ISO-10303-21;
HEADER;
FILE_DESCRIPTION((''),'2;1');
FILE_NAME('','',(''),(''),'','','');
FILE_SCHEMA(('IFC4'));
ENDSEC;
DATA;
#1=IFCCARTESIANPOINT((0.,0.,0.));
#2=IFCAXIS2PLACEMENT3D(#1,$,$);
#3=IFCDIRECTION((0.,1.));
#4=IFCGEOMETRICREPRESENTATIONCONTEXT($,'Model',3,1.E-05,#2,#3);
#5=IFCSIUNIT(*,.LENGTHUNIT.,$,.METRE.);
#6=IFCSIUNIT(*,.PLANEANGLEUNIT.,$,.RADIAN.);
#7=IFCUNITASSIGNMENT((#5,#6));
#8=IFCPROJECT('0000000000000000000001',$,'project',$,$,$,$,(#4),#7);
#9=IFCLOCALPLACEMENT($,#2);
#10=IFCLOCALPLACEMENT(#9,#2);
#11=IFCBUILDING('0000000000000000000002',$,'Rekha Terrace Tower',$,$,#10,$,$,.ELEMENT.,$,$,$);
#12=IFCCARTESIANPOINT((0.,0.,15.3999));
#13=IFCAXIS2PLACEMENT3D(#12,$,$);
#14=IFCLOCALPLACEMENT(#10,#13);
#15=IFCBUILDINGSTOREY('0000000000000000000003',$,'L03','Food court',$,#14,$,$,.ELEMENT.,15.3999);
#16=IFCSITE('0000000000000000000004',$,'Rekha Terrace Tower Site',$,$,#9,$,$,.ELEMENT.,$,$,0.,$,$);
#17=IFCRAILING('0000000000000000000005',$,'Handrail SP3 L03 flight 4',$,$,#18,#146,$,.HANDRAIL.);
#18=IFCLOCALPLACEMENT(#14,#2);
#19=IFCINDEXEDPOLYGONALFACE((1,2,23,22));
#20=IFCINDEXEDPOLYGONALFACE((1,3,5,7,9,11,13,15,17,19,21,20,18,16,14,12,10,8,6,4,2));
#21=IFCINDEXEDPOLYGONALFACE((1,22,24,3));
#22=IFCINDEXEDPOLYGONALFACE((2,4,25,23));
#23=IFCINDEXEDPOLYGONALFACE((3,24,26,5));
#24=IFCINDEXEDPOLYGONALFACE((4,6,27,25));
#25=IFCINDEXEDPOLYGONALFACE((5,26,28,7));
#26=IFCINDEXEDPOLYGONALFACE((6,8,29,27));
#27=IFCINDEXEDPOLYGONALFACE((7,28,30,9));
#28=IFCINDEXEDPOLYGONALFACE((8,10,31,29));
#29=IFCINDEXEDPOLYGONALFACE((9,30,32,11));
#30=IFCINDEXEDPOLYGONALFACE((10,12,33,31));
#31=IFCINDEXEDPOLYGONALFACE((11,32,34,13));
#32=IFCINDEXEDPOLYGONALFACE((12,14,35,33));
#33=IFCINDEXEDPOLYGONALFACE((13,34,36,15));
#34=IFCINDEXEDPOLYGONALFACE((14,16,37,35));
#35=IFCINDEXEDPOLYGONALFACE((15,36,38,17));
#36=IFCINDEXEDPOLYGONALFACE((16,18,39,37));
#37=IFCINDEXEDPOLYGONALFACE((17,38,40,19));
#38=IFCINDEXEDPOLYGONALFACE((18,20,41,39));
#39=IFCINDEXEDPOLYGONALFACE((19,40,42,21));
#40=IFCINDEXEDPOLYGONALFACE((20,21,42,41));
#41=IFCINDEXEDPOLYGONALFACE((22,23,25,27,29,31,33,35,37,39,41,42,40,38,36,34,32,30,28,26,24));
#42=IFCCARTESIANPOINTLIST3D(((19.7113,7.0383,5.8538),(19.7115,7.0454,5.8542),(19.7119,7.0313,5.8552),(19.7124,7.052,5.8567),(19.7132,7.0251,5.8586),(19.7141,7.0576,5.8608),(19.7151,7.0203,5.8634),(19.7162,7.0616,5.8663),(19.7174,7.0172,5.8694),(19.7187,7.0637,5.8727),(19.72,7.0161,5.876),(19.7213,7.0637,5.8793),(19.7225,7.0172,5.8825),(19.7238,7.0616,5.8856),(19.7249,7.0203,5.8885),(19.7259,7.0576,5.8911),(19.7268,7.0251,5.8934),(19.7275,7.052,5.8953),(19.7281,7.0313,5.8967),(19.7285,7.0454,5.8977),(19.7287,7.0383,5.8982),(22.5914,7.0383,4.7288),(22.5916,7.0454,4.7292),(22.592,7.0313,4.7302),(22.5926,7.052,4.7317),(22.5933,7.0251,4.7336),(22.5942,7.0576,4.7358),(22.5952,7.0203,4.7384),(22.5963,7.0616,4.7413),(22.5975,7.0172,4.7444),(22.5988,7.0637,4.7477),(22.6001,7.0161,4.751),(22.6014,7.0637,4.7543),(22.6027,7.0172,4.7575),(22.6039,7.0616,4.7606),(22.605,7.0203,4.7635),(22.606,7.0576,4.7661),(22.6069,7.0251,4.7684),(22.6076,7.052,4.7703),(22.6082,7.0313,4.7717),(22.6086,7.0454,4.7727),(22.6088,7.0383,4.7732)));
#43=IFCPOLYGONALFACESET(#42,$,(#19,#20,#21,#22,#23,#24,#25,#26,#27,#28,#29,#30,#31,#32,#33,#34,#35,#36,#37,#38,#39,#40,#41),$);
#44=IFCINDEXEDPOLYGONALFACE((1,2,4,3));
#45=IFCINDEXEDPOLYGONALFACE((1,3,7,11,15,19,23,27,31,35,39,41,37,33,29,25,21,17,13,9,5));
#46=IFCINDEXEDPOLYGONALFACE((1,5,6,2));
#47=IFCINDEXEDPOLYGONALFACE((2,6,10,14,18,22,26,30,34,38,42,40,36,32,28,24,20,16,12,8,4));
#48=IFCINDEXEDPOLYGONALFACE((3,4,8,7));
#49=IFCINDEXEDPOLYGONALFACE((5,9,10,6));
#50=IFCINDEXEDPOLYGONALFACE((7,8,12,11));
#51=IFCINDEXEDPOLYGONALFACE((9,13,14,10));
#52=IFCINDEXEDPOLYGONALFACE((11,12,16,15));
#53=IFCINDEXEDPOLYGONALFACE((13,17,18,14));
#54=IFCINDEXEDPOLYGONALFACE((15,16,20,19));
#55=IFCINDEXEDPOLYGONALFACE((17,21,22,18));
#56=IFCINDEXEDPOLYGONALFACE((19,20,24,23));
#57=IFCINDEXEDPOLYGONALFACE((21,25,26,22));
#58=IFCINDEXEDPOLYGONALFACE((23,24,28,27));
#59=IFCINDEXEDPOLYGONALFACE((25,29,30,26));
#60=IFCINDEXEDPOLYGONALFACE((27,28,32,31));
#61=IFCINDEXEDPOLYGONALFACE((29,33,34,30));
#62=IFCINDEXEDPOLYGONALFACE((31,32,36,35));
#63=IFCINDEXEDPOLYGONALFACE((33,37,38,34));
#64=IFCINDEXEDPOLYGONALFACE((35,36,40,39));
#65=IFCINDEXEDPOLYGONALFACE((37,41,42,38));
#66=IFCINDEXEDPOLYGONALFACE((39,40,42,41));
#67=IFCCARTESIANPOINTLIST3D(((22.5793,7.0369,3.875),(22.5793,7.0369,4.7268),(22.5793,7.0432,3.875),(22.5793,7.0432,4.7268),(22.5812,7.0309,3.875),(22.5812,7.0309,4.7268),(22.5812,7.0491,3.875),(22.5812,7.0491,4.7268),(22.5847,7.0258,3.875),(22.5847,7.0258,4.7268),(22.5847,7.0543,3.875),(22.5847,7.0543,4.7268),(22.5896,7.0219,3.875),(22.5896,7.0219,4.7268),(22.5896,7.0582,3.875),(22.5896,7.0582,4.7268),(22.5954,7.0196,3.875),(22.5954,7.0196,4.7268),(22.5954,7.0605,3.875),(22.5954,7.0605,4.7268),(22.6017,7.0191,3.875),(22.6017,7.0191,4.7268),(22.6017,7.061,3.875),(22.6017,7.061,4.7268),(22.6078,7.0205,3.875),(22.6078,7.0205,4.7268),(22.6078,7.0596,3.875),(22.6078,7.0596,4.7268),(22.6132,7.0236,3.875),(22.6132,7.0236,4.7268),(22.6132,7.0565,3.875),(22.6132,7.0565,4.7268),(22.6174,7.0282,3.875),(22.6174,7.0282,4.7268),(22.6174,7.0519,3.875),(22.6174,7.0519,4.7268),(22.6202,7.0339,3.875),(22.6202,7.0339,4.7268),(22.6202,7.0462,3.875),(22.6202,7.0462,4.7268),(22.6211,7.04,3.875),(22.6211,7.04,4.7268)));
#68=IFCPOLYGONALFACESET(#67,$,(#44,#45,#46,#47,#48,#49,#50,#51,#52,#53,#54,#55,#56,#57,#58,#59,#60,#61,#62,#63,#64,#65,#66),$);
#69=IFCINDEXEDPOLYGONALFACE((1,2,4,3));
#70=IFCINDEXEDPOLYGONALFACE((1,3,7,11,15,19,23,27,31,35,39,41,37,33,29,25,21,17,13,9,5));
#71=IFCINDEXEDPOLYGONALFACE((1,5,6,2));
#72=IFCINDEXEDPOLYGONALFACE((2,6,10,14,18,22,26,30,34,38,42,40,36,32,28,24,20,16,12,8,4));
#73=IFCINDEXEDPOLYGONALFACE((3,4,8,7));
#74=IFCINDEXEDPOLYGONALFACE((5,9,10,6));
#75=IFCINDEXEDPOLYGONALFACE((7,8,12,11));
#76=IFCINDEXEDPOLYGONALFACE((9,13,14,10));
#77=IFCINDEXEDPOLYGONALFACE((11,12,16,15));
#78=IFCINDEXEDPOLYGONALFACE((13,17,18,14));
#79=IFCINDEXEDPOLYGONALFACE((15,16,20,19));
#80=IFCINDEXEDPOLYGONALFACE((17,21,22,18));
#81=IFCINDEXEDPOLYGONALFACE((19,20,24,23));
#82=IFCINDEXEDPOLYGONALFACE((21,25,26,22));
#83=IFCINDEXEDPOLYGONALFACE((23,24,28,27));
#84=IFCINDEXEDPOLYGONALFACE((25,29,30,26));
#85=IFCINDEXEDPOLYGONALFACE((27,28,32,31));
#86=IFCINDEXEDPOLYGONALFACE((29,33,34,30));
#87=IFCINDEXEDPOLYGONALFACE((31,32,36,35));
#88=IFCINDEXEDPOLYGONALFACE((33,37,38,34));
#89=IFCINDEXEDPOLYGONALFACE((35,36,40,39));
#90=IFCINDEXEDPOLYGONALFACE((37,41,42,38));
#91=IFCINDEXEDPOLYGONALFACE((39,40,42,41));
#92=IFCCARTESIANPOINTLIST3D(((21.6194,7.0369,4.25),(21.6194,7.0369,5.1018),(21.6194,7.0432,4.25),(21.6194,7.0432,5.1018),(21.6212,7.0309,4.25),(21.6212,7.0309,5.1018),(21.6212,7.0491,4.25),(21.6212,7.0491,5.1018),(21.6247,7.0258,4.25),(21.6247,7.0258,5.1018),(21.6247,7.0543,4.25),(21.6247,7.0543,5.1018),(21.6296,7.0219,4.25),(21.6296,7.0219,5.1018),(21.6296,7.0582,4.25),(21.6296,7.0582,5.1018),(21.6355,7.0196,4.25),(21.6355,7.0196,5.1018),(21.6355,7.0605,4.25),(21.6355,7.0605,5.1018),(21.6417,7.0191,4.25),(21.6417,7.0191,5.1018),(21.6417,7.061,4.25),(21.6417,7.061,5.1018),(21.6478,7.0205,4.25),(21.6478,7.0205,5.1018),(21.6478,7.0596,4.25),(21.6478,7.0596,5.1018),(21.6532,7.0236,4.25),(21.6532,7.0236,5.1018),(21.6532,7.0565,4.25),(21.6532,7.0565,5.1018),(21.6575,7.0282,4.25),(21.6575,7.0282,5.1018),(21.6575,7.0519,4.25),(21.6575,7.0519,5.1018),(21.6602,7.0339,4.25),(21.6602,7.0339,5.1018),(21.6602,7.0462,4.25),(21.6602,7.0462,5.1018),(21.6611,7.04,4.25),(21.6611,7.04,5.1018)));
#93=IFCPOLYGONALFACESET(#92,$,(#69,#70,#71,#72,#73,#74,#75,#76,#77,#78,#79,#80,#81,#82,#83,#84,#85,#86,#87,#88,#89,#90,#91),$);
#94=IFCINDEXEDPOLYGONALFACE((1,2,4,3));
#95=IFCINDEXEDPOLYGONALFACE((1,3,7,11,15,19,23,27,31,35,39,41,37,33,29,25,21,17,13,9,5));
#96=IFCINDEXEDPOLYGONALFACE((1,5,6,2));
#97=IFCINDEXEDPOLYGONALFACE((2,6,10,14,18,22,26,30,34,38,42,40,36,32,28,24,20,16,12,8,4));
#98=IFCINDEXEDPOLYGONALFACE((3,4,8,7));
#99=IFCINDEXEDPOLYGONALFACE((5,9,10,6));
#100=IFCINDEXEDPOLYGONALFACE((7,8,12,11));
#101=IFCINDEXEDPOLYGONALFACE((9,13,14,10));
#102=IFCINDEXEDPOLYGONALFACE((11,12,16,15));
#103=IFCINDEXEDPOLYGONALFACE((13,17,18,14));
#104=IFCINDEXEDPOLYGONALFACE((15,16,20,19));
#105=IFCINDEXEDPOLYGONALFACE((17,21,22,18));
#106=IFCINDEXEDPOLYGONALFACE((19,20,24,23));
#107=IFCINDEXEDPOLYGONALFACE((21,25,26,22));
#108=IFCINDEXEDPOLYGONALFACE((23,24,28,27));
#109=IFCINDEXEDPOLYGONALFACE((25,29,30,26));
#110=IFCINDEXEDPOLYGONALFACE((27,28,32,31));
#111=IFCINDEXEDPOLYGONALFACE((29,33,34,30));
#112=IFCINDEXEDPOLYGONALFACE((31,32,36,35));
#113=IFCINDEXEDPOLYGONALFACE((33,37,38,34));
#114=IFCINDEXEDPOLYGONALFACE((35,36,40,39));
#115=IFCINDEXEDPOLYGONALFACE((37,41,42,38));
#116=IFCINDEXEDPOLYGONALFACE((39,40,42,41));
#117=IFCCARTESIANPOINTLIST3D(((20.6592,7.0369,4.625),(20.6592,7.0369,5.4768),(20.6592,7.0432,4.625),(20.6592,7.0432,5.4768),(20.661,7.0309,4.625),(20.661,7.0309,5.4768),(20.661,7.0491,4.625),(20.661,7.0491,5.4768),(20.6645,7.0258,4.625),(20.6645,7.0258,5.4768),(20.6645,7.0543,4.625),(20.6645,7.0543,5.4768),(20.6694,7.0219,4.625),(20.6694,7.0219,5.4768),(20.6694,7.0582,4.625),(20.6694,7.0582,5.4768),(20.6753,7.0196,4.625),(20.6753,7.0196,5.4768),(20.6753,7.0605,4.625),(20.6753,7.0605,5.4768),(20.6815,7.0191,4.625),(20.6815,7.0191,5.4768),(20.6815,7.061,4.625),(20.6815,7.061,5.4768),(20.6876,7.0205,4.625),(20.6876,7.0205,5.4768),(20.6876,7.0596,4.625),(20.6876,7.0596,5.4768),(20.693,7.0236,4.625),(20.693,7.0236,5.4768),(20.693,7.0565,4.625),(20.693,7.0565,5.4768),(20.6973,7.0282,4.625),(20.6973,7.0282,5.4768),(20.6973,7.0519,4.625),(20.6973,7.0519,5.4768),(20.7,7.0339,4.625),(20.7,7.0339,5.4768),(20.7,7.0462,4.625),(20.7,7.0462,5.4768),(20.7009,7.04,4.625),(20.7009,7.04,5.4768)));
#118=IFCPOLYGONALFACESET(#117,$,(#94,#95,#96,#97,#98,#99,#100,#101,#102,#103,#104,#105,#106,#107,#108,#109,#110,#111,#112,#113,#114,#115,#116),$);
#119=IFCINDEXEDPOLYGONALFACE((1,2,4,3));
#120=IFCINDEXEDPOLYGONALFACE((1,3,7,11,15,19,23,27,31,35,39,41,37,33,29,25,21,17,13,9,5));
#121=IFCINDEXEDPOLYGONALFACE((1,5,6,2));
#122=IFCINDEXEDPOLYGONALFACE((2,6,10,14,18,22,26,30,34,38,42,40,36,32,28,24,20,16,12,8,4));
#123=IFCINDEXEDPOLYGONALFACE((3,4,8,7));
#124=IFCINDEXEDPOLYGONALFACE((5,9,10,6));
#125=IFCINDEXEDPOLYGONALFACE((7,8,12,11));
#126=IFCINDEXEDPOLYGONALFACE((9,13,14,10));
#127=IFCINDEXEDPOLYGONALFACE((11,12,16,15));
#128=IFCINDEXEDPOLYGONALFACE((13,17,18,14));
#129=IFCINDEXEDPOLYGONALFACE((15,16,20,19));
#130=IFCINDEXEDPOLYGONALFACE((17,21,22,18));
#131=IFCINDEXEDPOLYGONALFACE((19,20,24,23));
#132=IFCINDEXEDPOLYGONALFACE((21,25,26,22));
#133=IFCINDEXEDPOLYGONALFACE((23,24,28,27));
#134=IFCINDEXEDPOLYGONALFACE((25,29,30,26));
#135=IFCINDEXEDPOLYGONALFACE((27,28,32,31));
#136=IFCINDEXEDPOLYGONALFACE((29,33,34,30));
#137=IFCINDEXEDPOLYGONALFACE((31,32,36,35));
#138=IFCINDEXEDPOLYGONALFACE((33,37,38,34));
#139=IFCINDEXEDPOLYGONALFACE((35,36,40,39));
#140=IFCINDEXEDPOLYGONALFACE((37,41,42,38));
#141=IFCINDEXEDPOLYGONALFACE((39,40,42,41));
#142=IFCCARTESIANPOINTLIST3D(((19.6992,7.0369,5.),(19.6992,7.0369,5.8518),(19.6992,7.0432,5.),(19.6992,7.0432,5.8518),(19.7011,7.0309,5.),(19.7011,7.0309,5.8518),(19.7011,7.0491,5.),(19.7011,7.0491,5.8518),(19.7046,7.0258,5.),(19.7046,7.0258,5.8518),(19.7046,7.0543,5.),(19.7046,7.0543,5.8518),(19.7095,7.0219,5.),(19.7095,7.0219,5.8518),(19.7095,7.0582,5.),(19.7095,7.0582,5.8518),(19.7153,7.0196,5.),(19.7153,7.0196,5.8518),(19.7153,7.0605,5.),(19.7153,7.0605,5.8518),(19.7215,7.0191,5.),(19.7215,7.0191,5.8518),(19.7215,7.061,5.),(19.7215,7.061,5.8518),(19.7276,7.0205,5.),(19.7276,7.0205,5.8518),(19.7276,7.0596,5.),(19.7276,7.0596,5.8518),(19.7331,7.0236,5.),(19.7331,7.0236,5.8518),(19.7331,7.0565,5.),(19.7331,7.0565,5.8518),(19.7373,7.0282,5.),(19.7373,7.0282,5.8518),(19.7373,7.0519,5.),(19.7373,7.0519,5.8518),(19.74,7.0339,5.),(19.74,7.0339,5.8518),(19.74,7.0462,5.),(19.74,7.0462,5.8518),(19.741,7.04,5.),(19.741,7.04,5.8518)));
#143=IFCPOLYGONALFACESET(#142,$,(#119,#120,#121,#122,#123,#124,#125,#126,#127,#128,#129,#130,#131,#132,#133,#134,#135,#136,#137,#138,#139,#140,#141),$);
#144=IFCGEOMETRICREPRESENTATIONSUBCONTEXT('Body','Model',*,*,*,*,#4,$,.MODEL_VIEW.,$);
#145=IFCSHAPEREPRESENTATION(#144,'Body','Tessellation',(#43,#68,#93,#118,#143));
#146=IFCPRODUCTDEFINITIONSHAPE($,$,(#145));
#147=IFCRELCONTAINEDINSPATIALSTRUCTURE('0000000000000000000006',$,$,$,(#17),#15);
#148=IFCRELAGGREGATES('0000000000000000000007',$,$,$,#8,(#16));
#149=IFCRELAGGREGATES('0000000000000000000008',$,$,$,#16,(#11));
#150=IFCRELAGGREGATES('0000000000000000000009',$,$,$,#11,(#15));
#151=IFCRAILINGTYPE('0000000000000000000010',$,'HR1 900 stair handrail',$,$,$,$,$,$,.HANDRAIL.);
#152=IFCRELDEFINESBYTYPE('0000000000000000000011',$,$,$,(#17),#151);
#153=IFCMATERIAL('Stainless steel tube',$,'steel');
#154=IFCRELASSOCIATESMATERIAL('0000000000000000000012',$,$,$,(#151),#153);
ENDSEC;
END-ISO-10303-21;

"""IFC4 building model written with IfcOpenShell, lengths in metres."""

from ifc_helpers import new_model, si_unit, direction, frame, origin, origin_2d, place, context, subcontext, project, spatial, circle, extrude, material, type_object, element, save


model = new_model("IFC4")

# Units and contexts
model_context = context("Model", 3, precision=1e-05, world=origin(), true_north=direction((0.0, 1.0)))
body_context = subcontext(model_context, "Body", "Model", "MODEL_VIEW")
ifc_project = project(units=[si_unit("LENGTHUNIT", "METRE"), si_unit("PLANEANGLEUNIT", "RADIAN")], contexts=[model_context])

# Site, building, storey
site_placement = place(None, origin())
site = spatial("IfcSite", under=ifc_project, at=site_placement, Name="Rekha Terrace Tower Site", CompositionType="ELEMENT", RefElevation=0.0)
building_placement = place(site_placement, origin())
building = spatial("IfcBuilding", under=site, at=building_placement, Name="Rekha Terrace Tower", CompositionType="ELEMENT")
storey_placement = place(building_placement, frame((0.0, 0.0, 15.3999)))
storey = spatial("IfcBuildingStorey", under=building, at=storey_placement, Name="L03", Description="Food court", CompositionType="ELEMENT", Elevation=15.3999)

# Railing
ifc_material_1 = material(Name="Stainless steel tube", Category="steel")
railing_type = type_object("IfcRailingType", Name="HR1 900 stair handrail", PredefinedType="HANDRAIL", material=ifc_material_1)
railing_placement = place(storey_placement, frame((22.6001, 7.04, 3.875)))
element("IfcRailing", 1, at=railing_placement, inside=storey, type_object=railing_type, Name="Handrail SP3 L03 flight 4", PredefinedType="HANDRAIL", context=body_context, shape_type="SweptSolid", body=[
    extrude(circle(Radius=0.0239, at=origin_2d()), frame((0.0, 0.0, 0.876), z_axis=(-0.931463, 0.0, 0.363837), x_axis=(0.0, -1.0, 0.0)), (0.0, 0.0, 1.0), 3.092),
    extrude(circle(Radius=0.021, at=origin_2d()), origin(), (0.0, 0.0, 1.0), 0.8518),
    extrude(circle(Radius=0.021, at=origin_2d()), frame((-0.96, 0.0, 0.375)), (0.0, 0.0, 1.0), 0.8518),
    extrude(circle(Radius=0.021, at=origin_2d()), frame((-1.9202, 0.0, 0.75)), (0.0, 0.0, 1.0), 0.8518),
    extrude(circle(Radius=0.021, at=origin_2d()), frame((-2.8801, 0.0, 1.125)), (0.0, 0.0, 1.0), 0.8518),
])

save(model, "model.ifc")
